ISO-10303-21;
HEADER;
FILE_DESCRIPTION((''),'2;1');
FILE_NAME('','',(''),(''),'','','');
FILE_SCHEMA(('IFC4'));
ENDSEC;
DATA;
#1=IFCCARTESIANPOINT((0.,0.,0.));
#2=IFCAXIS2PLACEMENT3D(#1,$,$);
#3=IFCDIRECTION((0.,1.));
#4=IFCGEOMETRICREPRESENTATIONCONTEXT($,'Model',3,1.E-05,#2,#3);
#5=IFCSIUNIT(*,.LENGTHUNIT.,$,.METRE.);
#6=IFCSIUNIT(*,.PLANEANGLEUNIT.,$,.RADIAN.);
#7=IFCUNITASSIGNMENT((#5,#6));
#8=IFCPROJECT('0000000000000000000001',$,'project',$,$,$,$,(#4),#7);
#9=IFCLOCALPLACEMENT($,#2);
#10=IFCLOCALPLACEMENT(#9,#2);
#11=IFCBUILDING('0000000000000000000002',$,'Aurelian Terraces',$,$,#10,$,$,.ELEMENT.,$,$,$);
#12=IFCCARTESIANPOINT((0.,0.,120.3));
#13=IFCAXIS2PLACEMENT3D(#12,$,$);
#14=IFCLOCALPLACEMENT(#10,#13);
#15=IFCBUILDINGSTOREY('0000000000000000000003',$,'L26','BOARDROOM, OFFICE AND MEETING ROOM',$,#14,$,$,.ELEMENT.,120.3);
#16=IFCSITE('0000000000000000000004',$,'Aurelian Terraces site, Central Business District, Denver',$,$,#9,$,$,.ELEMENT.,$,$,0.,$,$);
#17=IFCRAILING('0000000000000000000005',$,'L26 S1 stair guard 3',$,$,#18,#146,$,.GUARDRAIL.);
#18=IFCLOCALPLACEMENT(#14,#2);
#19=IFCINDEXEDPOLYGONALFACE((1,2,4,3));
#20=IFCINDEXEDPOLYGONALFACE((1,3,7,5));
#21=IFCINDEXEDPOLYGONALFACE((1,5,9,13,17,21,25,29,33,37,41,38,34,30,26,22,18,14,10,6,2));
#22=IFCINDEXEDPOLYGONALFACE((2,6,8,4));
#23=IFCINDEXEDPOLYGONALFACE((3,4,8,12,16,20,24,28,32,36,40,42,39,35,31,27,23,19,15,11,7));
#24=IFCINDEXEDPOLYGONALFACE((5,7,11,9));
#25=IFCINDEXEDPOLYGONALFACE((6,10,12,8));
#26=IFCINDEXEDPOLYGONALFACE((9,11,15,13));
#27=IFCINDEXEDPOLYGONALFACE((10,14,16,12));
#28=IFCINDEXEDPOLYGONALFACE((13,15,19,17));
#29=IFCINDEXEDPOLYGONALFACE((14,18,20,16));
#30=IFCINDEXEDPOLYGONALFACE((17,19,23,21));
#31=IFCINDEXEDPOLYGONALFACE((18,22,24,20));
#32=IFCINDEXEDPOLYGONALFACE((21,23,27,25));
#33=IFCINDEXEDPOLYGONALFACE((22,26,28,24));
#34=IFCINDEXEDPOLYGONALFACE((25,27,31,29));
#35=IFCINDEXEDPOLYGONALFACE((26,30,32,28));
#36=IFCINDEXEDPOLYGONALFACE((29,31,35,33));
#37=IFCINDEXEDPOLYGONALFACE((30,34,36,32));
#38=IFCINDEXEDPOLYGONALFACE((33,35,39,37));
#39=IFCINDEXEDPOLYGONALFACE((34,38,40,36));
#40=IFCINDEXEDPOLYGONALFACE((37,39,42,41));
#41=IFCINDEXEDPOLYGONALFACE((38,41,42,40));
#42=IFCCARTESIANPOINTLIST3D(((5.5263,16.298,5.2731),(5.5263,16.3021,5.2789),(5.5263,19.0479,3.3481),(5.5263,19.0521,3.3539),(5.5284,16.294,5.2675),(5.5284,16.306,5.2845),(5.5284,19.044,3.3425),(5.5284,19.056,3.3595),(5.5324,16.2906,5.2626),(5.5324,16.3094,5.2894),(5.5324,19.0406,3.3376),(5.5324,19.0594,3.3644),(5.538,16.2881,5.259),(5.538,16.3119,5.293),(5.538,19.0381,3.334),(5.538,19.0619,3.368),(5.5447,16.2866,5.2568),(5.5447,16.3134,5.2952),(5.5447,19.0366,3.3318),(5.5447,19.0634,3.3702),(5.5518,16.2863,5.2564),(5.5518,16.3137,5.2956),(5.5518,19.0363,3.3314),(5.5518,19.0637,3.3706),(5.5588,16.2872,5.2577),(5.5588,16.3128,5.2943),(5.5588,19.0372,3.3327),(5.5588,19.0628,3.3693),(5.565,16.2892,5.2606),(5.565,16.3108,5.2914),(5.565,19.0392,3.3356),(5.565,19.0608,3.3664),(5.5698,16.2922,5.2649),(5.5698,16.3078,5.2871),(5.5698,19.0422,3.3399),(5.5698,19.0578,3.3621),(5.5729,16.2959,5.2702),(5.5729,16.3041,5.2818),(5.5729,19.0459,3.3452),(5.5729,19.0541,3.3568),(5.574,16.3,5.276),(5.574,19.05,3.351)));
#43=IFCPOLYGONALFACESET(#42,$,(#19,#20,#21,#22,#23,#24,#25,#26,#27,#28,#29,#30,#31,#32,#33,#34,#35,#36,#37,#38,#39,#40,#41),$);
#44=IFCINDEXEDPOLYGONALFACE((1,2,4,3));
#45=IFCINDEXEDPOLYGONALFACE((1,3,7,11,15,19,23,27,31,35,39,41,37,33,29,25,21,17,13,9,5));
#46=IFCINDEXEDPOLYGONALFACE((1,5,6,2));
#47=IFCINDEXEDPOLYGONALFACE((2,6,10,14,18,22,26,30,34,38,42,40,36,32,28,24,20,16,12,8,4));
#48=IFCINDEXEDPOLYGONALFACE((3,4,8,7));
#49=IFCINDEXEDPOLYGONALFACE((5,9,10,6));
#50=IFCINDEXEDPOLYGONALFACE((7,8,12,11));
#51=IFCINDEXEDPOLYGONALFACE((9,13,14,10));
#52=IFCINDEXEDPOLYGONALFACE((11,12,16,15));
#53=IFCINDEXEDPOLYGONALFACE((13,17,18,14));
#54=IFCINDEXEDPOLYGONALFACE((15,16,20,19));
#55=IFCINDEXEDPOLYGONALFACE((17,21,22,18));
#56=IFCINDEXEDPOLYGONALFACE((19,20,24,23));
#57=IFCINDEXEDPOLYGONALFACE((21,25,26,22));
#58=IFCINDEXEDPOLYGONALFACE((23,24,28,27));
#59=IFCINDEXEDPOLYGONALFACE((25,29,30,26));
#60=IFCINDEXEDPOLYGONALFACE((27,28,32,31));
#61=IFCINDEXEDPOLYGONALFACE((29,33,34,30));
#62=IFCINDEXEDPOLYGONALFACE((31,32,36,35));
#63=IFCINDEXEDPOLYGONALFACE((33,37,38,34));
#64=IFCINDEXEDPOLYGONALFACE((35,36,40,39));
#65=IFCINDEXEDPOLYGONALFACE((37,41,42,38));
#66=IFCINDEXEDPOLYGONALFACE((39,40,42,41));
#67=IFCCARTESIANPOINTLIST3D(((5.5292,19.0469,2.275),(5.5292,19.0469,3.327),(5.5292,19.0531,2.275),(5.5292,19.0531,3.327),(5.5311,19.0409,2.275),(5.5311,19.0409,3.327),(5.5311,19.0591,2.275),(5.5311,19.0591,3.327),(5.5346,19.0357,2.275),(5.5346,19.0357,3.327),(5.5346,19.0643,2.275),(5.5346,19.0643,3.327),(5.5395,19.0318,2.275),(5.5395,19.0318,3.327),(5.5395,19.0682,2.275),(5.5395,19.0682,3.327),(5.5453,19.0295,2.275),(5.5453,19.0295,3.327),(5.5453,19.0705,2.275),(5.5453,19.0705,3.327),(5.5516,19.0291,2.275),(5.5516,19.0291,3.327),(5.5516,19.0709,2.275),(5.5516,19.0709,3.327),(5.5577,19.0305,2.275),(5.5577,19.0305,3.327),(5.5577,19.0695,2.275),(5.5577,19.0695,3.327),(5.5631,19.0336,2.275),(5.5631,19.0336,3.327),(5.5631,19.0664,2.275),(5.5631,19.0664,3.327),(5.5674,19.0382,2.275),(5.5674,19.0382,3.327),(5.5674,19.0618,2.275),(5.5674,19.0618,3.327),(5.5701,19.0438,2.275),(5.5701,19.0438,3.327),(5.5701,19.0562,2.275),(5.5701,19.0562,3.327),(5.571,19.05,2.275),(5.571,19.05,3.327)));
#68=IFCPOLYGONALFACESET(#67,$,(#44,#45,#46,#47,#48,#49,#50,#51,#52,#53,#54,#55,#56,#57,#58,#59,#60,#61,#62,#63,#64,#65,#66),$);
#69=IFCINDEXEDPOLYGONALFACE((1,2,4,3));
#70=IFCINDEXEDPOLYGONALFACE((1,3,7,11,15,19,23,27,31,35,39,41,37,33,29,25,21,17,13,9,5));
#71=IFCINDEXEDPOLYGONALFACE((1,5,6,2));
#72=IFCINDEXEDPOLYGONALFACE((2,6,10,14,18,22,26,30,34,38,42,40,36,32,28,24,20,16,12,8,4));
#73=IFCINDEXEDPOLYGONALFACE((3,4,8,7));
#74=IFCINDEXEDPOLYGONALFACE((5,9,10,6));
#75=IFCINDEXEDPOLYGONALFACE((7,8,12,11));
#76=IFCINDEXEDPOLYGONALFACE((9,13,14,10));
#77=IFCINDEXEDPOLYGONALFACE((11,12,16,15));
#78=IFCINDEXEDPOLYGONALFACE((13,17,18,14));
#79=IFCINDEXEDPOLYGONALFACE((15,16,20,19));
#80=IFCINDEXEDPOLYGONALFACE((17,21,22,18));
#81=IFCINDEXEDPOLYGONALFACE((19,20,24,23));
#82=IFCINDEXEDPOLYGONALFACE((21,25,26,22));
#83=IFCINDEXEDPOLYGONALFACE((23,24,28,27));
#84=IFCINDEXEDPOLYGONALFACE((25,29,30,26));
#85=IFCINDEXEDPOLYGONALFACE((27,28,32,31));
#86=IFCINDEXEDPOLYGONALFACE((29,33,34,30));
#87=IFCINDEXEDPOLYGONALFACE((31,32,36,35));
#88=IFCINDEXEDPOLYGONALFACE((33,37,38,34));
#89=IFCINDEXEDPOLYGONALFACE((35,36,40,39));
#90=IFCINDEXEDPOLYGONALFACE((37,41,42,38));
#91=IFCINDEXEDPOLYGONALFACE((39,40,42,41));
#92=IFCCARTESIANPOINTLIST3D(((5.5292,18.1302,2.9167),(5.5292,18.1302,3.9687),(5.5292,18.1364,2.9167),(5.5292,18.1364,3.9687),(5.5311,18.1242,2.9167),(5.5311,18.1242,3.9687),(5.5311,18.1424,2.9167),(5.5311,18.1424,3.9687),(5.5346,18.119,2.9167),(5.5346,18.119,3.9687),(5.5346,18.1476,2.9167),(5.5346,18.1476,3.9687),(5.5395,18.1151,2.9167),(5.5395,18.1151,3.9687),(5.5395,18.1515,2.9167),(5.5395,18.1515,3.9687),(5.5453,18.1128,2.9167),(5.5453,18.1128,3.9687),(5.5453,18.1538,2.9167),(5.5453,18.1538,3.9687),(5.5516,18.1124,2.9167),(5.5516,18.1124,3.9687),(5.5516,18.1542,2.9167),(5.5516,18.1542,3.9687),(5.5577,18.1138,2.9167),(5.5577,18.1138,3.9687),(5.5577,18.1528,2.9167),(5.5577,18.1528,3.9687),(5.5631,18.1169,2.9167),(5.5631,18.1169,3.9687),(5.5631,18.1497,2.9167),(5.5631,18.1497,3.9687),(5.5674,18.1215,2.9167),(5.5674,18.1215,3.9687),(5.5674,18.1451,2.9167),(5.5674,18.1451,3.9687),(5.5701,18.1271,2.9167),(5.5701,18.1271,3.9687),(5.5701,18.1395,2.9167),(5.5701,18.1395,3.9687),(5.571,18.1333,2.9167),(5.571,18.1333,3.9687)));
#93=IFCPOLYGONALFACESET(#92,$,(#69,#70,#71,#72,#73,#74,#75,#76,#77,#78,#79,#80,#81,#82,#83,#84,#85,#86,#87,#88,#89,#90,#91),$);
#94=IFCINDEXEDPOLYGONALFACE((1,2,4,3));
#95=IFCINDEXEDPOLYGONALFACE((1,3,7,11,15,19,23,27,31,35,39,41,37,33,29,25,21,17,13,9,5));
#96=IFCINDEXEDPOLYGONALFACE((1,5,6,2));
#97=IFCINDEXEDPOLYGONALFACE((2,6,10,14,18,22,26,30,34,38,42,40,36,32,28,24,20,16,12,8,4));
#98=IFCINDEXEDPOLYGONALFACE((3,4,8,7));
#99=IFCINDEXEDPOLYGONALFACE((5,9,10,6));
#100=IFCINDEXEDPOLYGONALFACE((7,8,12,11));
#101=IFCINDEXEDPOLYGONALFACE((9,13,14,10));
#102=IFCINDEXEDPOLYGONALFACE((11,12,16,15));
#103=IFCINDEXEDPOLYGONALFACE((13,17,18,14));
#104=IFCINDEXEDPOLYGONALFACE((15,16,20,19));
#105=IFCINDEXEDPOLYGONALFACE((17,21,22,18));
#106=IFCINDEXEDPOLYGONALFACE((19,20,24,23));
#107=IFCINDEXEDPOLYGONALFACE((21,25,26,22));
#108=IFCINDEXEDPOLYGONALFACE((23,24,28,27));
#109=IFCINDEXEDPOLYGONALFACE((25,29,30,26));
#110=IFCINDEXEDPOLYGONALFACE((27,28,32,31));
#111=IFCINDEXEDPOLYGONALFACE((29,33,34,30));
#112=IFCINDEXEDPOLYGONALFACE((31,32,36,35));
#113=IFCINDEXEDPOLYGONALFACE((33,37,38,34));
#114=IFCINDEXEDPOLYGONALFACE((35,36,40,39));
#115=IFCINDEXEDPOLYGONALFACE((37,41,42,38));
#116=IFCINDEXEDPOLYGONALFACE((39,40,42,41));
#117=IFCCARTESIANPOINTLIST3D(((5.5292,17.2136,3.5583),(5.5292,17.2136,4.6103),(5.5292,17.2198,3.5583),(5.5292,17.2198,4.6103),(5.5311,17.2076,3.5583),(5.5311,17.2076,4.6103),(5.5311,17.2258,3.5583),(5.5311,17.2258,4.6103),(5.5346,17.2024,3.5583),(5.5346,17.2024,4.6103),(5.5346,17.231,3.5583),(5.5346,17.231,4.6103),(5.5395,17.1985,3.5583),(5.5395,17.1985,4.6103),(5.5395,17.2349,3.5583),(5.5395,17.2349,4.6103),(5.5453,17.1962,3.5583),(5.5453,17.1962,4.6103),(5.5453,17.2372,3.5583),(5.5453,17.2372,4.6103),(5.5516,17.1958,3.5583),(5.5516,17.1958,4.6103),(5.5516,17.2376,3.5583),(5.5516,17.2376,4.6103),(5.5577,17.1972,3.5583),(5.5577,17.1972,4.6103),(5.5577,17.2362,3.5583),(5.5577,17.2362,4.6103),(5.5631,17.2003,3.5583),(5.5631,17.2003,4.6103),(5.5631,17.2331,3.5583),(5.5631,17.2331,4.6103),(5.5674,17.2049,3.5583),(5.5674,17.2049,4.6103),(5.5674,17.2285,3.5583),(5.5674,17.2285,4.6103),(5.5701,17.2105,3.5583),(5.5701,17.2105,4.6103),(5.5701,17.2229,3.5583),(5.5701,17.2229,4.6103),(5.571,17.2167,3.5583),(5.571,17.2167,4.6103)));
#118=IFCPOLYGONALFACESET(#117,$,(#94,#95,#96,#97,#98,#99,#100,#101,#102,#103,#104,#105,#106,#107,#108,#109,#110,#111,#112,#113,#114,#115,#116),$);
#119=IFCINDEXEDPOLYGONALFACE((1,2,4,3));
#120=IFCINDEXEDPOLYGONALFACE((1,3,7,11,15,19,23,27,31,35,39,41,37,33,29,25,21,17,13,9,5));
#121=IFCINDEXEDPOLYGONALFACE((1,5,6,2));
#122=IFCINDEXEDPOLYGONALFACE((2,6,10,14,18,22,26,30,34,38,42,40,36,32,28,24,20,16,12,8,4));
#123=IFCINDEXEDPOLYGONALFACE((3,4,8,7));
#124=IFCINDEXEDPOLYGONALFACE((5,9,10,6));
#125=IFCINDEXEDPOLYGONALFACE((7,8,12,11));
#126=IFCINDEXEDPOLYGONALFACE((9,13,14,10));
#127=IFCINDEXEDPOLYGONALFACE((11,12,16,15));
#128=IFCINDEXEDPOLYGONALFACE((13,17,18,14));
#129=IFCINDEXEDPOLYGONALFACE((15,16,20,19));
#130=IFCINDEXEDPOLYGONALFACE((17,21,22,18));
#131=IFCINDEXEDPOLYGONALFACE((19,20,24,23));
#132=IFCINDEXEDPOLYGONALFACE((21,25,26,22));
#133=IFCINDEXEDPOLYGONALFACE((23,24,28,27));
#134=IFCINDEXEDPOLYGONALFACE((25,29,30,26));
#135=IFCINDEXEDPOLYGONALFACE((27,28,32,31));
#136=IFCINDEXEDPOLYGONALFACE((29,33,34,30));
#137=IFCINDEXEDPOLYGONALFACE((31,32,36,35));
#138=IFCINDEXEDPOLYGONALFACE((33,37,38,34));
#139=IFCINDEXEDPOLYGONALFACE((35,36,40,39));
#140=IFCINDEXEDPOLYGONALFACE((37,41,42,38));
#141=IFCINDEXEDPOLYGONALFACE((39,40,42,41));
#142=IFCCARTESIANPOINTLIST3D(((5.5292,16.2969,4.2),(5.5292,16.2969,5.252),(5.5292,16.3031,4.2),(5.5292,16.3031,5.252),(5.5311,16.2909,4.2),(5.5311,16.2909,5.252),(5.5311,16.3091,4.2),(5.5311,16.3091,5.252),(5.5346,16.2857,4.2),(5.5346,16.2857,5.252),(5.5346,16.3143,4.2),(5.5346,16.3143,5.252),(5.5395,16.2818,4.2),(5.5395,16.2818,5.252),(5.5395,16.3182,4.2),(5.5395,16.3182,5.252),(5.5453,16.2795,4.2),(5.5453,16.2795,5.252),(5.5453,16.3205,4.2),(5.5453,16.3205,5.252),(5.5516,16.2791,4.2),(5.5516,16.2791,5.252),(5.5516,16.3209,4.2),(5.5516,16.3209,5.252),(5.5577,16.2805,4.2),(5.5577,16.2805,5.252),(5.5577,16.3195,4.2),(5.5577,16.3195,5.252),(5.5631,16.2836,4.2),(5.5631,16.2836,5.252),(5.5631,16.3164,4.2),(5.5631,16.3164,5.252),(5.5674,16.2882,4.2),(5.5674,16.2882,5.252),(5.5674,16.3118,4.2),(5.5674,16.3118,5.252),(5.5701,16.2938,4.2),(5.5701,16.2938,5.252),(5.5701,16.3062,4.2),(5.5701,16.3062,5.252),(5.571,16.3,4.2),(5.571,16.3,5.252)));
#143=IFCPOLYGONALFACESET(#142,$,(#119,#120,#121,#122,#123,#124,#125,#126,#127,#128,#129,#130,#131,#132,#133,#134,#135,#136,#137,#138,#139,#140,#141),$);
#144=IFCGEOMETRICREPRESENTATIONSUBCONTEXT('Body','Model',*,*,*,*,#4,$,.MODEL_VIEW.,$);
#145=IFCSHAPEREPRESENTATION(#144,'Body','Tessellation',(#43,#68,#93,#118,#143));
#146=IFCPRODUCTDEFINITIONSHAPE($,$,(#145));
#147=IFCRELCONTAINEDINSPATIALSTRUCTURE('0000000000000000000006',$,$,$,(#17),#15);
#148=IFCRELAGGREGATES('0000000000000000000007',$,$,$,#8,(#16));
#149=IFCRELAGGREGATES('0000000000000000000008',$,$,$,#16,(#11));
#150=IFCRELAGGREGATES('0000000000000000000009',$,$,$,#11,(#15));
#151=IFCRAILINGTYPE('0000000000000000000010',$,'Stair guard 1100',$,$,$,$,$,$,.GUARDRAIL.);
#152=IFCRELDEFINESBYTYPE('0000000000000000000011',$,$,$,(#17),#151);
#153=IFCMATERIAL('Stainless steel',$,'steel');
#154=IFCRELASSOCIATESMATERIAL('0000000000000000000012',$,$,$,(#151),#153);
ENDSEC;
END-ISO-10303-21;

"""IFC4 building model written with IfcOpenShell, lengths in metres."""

from ifc_helpers import new_model, si_unit, direction, frame, origin, origin_2d, place, context, subcontext, project, spatial, circle, extrude, source, transform, mapped, material, type_object, element, save


model = new_model("IFC4")

# Units and contexts
model_context = context("Model", 3, precision=1e-05, world=origin(), true_north=direction((0.0, 1.0)))
body_context = subcontext(model_context, "Body", "Model", "MODEL_VIEW")
ifc_project = project(units=[si_unit("LENGTHUNIT", "METRE"), si_unit("PLANEANGLEUNIT", "RADIAN")], contexts=[model_context])

# Site, building, storey
site_placement = place(None, origin())
site = spatial("IfcSite", under=ifc_project, at=site_placement, Name="Aurelian Terraces site, Central Business District, Denver", CompositionType="ELEMENT", RefElevation=0.0)
building_placement = place(site_placement, origin())
building = spatial("IfcBuilding", under=site, at=building_placement, Name="Aurelian Terraces", CompositionType="ELEMENT")
storey_placement = place(building_placement, frame((0.0, 0.0, 120.3)))
storey = spatial("IfcBuildingStorey", under=building, at=storey_placement, Name="L26", Description="BOARDROOM, OFFICE AND MEETING ROOM", CompositionType="ELEMENT", Elevation=120.3)

# Railing
ifc_material_1 = material(Name="Stainless steel", Category="steel")
railing_type = type_object("IfcRailingType", Name="Stair guard 1100", PredefinedType="GUARDRAIL", material=ifc_material_1)
shared_shape_1 = source(origin(), body_context, "Body", "SweptSolid", [
    extrude(circle(Radius=0.024, at=origin_2d()), frame((0.0, 0.0, 1.076), z_axis=(0.0, -0.819232, 0.573462), x_axis=(1.0, 0.0, 0.0)), (0.0, 0.0, 1.0), 3.3568),
    extrude(circle(Radius=0.021, at=origin_2d()), origin(), (0.0, 0.0, 1.0), 1.052),
    extrude(circle(Radius=0.021, at=origin_2d()), frame((0.0, -0.9167, 0.6417)), (0.0, 0.0, 1.0), 1.052),
    extrude(circle(Radius=0.021, at=origin_2d()), frame((0.0, -1.8333, 1.2833)), (0.0, 0.0, 1.0), 1.052),
    extrude(circle(Radius=0.021, at=origin_2d()), frame((0.0, -2.75, 1.925)), (0.0, 0.0, 1.0), 1.052),
])
railing_1_placement = place(storey_placement, frame((5.55, 19.05, 2.275)))
element("IfcRailing", 1, at=railing_1_placement, inside=storey, type_object=railing_type, Name="L26 S1 stair guard 3", PredefinedType="GUARDRAIL", context=body_context, shape_type="MappedRepresentation", body=[
    mapped(shared_shape_1, transform((0.0, 0.0, 0.0), scale=1.0)),
])

save(model, "model.ifc")
